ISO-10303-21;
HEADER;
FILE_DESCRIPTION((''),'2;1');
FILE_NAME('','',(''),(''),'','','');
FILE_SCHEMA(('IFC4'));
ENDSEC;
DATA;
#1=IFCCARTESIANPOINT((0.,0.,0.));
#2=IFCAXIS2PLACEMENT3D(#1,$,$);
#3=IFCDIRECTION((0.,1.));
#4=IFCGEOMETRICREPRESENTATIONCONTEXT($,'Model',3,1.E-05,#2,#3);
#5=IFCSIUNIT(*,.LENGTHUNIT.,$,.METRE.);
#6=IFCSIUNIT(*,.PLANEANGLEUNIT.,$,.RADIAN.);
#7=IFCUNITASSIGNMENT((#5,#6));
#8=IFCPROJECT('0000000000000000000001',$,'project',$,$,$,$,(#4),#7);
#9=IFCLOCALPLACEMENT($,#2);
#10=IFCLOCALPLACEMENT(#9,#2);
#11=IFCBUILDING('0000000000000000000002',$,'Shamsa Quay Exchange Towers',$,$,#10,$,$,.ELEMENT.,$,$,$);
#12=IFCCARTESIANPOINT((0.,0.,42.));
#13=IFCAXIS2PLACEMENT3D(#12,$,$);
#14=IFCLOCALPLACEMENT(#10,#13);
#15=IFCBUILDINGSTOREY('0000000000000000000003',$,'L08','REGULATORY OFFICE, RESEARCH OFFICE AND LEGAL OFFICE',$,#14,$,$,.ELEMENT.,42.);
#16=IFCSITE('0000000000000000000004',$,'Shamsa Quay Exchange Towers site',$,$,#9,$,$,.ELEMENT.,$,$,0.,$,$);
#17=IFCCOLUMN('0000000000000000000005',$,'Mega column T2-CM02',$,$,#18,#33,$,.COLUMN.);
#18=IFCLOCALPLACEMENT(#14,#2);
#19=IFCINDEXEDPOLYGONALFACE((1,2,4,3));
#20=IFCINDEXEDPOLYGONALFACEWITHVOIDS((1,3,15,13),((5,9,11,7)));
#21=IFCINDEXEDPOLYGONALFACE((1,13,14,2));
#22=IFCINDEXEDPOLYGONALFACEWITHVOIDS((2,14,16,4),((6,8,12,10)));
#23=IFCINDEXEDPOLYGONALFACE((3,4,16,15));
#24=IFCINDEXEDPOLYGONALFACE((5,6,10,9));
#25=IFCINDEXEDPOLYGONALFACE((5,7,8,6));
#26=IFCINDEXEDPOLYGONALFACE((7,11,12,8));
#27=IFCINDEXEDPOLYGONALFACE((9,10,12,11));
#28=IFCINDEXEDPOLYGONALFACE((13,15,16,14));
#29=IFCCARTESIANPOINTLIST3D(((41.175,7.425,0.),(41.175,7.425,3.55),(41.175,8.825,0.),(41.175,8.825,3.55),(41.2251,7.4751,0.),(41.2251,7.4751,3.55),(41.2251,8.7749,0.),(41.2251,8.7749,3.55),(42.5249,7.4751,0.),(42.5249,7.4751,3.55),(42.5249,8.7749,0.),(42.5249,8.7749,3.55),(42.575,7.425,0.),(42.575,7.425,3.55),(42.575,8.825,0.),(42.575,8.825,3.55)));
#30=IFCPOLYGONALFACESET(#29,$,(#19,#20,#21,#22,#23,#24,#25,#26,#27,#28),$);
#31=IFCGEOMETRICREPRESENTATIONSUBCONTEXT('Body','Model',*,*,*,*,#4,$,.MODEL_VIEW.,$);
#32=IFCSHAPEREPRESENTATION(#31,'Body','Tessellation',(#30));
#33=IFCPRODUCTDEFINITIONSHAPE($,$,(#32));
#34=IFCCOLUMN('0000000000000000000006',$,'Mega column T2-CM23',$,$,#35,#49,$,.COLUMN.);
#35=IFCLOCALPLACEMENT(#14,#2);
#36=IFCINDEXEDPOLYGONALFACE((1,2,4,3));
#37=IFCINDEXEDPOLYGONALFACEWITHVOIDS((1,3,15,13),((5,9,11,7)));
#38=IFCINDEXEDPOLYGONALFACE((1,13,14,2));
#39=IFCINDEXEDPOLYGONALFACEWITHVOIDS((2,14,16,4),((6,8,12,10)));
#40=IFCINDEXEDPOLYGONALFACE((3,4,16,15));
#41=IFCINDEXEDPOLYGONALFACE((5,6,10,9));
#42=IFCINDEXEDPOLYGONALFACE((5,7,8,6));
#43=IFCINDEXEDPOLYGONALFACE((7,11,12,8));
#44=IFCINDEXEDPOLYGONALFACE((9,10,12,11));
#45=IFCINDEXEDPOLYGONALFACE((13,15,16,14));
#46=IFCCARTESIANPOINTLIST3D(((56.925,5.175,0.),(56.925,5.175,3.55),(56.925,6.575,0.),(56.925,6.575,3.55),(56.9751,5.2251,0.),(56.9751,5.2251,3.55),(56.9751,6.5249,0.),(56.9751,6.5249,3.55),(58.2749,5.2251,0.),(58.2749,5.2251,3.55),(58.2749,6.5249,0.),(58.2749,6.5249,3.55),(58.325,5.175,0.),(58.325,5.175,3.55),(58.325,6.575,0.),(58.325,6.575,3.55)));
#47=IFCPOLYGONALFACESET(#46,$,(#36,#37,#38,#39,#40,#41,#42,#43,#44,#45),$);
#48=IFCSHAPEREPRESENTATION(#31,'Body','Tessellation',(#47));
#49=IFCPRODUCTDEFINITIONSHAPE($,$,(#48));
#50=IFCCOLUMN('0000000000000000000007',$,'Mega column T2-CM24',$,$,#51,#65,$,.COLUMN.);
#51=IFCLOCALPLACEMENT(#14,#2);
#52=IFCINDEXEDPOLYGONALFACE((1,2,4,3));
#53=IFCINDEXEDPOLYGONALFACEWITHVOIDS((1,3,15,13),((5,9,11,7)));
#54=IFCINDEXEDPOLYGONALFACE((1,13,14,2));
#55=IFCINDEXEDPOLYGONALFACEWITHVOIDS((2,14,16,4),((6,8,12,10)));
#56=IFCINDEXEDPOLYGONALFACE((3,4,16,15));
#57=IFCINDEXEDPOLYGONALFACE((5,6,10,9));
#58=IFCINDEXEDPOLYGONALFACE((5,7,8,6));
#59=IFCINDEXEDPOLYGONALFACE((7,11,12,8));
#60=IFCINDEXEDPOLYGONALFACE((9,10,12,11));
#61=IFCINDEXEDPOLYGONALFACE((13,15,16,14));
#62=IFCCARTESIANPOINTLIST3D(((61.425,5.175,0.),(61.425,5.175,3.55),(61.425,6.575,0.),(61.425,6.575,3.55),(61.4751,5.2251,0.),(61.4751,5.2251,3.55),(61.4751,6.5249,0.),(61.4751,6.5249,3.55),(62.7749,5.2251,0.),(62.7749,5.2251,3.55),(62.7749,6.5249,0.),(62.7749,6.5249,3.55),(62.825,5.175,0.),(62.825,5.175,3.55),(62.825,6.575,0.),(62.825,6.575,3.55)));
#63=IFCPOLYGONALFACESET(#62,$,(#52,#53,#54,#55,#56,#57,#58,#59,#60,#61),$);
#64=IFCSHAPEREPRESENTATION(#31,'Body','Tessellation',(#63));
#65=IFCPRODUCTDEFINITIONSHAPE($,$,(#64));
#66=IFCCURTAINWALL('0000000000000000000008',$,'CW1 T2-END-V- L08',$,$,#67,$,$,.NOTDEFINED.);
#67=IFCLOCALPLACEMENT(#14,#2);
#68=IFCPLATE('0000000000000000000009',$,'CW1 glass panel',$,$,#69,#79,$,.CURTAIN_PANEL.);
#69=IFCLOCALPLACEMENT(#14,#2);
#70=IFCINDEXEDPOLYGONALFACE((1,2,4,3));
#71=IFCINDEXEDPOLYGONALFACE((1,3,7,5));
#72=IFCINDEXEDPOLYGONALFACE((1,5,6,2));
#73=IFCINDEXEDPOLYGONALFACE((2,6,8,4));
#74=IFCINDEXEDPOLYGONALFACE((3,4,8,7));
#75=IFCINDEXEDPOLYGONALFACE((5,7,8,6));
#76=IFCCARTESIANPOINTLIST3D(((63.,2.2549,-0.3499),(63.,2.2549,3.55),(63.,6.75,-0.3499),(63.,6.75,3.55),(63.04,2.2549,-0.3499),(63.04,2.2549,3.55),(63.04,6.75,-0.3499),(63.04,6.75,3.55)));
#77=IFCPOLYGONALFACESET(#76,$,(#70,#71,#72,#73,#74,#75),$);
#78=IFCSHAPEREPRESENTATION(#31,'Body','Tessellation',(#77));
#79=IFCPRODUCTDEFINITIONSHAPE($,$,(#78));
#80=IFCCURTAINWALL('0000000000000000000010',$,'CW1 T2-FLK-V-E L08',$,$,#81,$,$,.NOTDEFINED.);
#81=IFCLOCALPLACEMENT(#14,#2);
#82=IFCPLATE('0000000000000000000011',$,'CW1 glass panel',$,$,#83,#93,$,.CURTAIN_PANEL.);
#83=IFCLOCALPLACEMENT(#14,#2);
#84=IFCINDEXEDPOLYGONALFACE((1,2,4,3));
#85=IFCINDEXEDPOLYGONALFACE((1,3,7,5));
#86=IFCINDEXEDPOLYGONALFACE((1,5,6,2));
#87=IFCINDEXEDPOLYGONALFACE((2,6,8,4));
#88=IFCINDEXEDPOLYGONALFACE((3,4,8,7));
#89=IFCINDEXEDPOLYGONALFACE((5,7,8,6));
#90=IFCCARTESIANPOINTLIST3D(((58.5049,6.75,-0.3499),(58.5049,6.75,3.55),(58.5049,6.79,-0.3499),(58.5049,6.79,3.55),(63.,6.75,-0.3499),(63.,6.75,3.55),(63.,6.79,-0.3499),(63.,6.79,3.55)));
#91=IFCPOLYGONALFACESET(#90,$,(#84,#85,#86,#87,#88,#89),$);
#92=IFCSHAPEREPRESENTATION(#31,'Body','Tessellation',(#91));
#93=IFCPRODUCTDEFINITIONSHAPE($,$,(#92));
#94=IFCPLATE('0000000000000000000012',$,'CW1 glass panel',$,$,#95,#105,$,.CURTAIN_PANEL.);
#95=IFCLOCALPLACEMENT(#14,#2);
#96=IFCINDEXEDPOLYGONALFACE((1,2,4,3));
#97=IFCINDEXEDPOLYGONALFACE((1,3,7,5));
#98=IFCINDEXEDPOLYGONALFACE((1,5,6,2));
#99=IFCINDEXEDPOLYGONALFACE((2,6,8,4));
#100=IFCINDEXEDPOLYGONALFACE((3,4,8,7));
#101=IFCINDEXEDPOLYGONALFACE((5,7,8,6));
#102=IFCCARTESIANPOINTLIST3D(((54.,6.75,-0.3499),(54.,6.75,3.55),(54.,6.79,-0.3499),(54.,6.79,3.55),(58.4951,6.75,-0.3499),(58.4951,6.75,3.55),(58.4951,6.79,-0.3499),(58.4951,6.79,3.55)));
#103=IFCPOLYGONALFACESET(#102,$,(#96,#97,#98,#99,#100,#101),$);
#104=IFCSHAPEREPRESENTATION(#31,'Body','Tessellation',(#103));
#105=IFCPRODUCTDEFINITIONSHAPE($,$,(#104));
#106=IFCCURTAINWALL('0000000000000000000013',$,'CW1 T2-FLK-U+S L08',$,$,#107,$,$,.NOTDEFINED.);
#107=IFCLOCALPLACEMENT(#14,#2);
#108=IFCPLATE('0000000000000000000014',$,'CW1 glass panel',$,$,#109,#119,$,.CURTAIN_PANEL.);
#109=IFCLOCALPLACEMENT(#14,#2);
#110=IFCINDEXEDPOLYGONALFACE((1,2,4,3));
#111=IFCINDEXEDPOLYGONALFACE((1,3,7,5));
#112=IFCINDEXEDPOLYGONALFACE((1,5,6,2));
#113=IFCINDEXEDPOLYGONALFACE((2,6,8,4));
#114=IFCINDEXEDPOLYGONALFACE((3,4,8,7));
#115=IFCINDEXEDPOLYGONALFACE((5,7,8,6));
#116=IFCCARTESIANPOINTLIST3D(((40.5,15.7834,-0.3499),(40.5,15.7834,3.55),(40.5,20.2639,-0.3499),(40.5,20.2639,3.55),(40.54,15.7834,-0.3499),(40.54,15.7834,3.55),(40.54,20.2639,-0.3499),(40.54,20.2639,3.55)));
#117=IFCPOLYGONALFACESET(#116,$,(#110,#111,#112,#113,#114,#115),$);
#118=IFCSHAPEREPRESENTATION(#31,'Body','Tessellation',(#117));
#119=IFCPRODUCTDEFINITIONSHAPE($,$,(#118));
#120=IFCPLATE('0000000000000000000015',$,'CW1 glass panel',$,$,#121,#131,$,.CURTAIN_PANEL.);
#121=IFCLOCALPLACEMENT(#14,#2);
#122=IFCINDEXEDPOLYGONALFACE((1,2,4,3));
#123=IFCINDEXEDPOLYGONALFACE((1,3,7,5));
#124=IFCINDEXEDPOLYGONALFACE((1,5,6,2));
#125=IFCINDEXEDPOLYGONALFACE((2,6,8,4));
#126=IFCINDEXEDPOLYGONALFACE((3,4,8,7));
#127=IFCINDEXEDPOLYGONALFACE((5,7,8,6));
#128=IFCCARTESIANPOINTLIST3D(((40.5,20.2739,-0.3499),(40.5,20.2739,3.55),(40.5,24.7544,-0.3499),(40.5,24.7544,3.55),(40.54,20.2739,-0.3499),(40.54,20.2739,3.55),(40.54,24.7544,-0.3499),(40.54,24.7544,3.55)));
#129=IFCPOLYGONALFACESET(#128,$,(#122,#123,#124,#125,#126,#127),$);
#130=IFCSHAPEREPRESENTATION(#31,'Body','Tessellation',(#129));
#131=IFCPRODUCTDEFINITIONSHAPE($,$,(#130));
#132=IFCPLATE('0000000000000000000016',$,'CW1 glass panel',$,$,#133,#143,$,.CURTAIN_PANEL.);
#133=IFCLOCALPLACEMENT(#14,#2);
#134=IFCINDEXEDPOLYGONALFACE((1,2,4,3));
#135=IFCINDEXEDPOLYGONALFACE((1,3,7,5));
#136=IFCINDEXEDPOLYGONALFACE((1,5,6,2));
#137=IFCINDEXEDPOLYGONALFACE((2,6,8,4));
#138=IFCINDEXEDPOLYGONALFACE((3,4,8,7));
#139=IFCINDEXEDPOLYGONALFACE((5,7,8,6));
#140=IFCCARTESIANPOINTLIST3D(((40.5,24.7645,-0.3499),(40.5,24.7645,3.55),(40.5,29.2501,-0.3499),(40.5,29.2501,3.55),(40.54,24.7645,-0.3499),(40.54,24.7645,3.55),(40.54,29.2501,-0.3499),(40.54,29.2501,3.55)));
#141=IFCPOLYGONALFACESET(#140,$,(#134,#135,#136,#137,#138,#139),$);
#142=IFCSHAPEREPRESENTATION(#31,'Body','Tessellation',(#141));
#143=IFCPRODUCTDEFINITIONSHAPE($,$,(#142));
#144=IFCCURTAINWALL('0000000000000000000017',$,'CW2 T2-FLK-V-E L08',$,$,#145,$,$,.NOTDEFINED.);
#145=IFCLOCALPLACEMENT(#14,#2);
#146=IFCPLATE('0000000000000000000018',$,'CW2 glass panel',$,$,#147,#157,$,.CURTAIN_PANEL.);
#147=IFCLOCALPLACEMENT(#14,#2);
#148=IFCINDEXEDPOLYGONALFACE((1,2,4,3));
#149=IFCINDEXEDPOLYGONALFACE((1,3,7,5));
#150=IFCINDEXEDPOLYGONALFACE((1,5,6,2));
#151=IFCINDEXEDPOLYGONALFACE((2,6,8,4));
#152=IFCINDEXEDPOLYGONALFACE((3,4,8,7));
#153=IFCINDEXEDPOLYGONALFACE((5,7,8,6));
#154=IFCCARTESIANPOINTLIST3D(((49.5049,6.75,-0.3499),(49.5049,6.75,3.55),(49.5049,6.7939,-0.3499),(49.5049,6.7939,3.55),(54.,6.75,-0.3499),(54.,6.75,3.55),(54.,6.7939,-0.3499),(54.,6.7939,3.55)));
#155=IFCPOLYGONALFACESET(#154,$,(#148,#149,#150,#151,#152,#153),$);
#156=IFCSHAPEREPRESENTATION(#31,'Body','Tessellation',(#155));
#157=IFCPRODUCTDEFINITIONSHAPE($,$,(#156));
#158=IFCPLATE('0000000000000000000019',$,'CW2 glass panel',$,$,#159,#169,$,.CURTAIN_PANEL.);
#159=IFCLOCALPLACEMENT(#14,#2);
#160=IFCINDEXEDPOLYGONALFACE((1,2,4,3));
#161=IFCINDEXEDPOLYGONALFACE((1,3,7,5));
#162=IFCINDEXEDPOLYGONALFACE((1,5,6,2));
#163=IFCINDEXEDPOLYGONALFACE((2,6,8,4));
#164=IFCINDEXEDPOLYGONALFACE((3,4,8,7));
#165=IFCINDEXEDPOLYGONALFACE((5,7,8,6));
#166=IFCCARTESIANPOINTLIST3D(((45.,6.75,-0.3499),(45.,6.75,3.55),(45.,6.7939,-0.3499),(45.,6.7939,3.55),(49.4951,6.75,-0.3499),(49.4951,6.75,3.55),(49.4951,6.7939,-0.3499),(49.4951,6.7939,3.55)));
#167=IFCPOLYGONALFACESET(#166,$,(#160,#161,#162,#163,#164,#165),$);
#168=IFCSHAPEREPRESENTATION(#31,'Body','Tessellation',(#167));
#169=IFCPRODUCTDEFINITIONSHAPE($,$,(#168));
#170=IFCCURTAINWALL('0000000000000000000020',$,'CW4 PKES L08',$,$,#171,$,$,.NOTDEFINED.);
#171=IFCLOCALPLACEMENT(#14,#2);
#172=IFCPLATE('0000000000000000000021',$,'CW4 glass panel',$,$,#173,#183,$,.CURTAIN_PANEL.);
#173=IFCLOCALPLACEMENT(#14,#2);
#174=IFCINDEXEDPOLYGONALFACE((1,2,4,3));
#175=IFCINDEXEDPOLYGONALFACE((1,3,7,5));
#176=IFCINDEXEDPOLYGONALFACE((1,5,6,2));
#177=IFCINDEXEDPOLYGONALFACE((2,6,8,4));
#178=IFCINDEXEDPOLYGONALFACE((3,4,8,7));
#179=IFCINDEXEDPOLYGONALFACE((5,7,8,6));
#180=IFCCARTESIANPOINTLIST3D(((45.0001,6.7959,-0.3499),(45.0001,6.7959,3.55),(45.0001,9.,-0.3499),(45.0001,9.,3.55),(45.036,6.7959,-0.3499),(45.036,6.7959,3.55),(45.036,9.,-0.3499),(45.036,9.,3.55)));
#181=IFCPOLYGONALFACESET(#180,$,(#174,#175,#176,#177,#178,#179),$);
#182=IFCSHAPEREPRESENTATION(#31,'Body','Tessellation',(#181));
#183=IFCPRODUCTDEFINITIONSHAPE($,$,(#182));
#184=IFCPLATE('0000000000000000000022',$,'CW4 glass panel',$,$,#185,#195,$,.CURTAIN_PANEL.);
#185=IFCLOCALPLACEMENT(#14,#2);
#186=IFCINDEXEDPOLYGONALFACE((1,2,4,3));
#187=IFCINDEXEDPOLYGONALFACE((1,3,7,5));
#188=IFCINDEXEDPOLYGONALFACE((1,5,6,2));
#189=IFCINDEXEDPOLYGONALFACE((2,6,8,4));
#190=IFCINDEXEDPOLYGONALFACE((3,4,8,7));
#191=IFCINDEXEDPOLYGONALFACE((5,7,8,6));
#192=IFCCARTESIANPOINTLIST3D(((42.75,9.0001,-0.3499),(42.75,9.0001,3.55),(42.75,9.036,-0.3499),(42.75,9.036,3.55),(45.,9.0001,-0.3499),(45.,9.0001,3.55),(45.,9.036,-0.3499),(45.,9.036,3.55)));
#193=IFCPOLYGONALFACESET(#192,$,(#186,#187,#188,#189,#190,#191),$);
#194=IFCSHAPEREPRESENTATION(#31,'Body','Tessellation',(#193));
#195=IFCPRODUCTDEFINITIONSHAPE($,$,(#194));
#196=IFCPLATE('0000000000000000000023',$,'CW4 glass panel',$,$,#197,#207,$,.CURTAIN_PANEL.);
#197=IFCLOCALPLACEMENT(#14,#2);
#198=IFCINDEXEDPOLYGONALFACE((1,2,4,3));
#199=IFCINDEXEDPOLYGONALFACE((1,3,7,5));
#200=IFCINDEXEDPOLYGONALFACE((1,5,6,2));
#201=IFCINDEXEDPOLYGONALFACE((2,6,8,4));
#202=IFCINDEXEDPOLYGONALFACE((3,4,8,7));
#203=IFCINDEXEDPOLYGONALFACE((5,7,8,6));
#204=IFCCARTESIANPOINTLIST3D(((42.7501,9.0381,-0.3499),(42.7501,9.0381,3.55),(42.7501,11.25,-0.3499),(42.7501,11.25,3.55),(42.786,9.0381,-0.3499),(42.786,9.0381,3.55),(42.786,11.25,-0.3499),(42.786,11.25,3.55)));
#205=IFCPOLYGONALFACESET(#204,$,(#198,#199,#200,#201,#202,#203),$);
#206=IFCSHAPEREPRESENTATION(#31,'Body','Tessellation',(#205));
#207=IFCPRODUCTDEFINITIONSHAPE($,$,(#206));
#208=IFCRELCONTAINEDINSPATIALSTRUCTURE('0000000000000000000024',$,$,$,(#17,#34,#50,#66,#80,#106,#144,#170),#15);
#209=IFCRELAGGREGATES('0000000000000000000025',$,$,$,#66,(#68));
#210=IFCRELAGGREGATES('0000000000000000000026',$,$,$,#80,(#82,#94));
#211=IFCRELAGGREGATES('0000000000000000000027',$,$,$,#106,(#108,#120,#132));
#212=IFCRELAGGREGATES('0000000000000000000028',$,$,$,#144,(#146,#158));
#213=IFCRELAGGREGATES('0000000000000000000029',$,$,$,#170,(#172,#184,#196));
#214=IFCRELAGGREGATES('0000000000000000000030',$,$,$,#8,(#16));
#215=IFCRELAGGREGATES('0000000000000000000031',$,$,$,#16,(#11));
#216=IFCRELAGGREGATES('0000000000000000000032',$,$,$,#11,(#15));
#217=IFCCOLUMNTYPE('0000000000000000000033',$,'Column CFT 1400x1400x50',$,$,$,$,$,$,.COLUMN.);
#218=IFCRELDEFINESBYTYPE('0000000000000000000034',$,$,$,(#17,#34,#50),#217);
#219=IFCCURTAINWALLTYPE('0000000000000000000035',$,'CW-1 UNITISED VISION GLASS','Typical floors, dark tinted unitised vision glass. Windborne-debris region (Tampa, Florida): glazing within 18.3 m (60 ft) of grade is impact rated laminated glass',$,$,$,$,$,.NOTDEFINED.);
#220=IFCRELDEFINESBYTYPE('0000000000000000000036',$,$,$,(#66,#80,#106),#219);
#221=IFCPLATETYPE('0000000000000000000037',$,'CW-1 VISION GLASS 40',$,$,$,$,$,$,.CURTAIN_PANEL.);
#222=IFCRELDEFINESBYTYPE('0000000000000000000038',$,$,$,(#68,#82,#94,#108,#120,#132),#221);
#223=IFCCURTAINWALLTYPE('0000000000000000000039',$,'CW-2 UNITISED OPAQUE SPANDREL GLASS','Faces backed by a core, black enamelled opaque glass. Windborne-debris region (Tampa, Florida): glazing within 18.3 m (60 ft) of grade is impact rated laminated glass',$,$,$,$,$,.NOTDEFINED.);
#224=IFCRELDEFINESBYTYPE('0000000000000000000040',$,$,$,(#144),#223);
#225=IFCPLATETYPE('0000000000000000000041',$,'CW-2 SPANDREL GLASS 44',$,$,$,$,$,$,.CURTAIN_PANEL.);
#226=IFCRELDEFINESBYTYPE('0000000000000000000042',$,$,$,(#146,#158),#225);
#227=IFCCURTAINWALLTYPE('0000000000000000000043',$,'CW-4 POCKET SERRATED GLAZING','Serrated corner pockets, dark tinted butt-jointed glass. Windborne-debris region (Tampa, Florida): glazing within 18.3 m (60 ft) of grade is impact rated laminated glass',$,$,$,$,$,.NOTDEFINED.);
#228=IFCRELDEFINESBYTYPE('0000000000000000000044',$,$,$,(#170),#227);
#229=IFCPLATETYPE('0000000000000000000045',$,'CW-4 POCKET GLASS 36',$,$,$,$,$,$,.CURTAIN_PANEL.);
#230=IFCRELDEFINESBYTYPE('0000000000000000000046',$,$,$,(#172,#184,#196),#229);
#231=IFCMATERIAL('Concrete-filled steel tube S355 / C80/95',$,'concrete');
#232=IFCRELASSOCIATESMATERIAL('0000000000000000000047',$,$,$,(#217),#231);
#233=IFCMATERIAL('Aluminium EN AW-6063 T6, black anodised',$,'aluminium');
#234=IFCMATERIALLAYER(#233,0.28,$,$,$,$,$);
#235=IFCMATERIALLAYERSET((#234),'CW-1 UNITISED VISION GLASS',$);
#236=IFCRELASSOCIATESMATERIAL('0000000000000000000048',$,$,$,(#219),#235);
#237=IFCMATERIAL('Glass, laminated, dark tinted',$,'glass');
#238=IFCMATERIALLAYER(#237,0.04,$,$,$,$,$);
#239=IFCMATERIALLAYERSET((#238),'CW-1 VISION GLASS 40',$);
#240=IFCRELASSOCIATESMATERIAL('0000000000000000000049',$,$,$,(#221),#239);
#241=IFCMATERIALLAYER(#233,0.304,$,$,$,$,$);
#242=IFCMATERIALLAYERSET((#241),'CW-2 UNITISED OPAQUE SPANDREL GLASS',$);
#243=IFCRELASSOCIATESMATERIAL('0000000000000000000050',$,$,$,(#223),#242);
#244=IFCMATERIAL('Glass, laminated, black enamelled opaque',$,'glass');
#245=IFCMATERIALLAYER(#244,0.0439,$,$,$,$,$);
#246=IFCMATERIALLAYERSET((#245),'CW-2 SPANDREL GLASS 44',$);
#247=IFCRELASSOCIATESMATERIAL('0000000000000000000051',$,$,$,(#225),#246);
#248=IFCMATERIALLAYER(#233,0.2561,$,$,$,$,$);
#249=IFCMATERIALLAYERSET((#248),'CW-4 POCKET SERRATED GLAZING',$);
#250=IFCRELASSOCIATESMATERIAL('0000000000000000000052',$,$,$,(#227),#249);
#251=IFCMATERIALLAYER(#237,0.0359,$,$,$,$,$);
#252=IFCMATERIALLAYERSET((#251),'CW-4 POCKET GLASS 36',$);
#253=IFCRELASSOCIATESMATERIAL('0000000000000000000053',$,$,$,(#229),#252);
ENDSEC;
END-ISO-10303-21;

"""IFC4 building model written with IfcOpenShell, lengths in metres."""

from ifc_helpers import new_model, si_unit, direction, frame, origin, origin_2d, place, context, subcontext, project, spatial, rectangle, hollow_rectangle, extrude, material, layer, layer_set, material_profile, profile_set, type_object, element, aggregate, save


model = new_model("IFC4")

# Units and contexts
model_context = context("Model", 3, precision=1e-05, world=origin(), true_north=direction((0.0, 1.0)))
body_context = subcontext(model_context, "Body", "Model", "MODEL_VIEW")
ifc_project = project(units=[si_unit("LENGTHUNIT", "METRE"), si_unit("PLANEANGLEUNIT", "RADIAN")], contexts=[model_context])

# Site, building, storey
site_placement = place(None, origin())
site = spatial("IfcSite", under=ifc_project, at=site_placement, Name="Shamsa Quay Exchange Towers site", CompositionType="ELEMENT", RefElevation=0.0)
building_placement = place(site_placement, origin())
building = spatial("IfcBuilding", under=site, at=building_placement, Name="Shamsa Quay Exchange Towers", CompositionType="ELEMENT")
storey_placement = place(building_placement, frame((0.0, 0.0, 42.0)))
storey = spatial("IfcBuildingStorey", under=building, at=storey_placement, Name="L08", Description="REGULATORY OFFICE, RESEARCH OFFICE AND LEGAL OFFICE", CompositionType="ELEMENT", Elevation=42.0)

# Columns
ifc_material_1 = material(Name="Concrete-filled steel tube S355 / C80/95", Category="concrete")
ifc_material_profile = material_profile(ifc_material_1, hollow_rectangle(XDim=1.3999, YDim=1.3999, WallThickness=0.05, at=origin_2d()), Name="CFT 1400x1400x50")
ifc_profile_set = profile_set([ifc_material_profile], Name="Concrete-filled steel tube S355 / C80/95")
column_type = type_object("IfcColumnType", Name="Column CFT 1400x1400x50", PredefinedType="COLUMN", material=ifc_profile_set)
for number, where, name in (
    (1, (41.875, 8.125, 0.0), "Mega column T2-CM02"),
    (2, (57.625, 5.875, 0.0), "Mega column T2-CM23"),
    (3, (62.125, 5.875, 0.0), "Mega column T2-CM24"),
):
    element("IfcColumn", number, at=place(storey_placement, frame(where)), inside=storey, type_object=column_type, Name=name, PredefinedType="COLUMN", context=body_context, shape_type="SweptSolid", body=[
        extrude(hollow_rectangle(XDim=1.3999, YDim=1.3999, WallThickness=0.05, at=origin_2d()), origin(), (0.0, 0.0, 1.0), 3.55),
    ])

# Curtain wall, plate
ifc_material_2 = material(Name="Aluminium EN AW-6063 T6, black anodised", Category="aluminium")
ifc_layer_1 = layer(ifc_material_2, 0.28)
ifc_layer_set_1 = layer_set([ifc_layer_1], Name="CW-1 UNITISED VISION GLASS")
curtain_wall_type_1 = type_object("IfcCurtainWallType", Name="CW-1 UNITISED VISION GLASS", Description="Typical floors, dark tinted unitised vision glass. Windborne-debris region (Tampa, Florida): glazing within 18.3 m (60 ft) of grade is impact rated laminated glass", PredefinedType="NOTDEFINED", material=ifc_layer_set_1)
curtain_wall_1_placement = place(storey_placement, origin())
curtain_wall_1 = element("IfcCurtainWall", 4, at=curtain_wall_1_placement, inside=storey, type_object=curtain_wall_type_1, Name="CW1 T2-END-V- L08", PredefinedType="NOTDEFINED")
ifc_material_3 = material(Name="Glass, laminated, dark tinted", Category="glass")
ifc_layer_2 = layer(ifc_material_3, 0.04)
ifc_layer_set_2 = layer_set([ifc_layer_2], Name="CW-1 VISION GLASS 40")
plate_type_1 = type_object("IfcPlateType", Name="CW-1 VISION GLASS 40", PredefinedType="CURTAIN_PANEL", material=ifc_layer_set_2)
plate_1_placement = place(storey_placement, frame((63.02, 4.5024, -0.3499), z_axis=(0.0, 0.0, 1.0), x_axis=(0.0, 1.0, 0.0)))
plate_1 = element("IfcPlate", 5, at=plate_1_placement, type_object=plate_type_1, Name="CW1 glass panel", PredefinedType="CURTAIN_PANEL", context=body_context, shape_type="SweptSolid", body=[
    extrude(rectangle(XDim=4.4951, YDim=0.04, at=origin_2d()), origin(), (0.0, 0.0, 1.0), 3.8999),
])
aggregate(curtain_wall_1, [plate_1])

# Curtain walls, plates
curtain_wall_2_placement = place(storey_placement, origin())
curtain_wall_2 = element("IfcCurtainWall", 6, at=curtain_wall_2_placement, inside=storey, type_object=curtain_wall_type_1, Name="CW1 T2-FLK-V-E L08", PredefinedType="NOTDEFINED")
plate_2_placement = place(storey_placement, frame((60.7524, 6.77, -0.3499), z_axis=(0.0, 0.0, 1.0), x_axis=(-1.0, 0.0, 0.0)))
plate_2 = element("IfcPlate", 7, at=plate_2_placement, type_object=plate_type_1, Name="CW1 glass panel", PredefinedType="CURTAIN_PANEL", context=body_context, shape_type="SweptSolid", body=[
    extrude(rectangle(XDim=4.4951, YDim=0.04, at=origin_2d()), origin(), (0.0, 0.0, 1.0), 3.8999),
])
plate_3_placement = place(storey_placement, frame((56.2476, 6.77, -0.3499), z_axis=(0.0, 0.0, 1.0), x_axis=(-1.0, 0.0, 0.0)))
plate_3 = element("IfcPlate", 8, at=plate_3_placement, type_object=plate_type_1, Name="CW1 glass panel", PredefinedType="CURTAIN_PANEL", context=body_context, shape_type="SweptSolid", body=[
    extrude(rectangle(XDim=4.4951, YDim=0.04, at=origin_2d()), origin(), (0.0, 0.0, 1.0), 3.8999),
])
aggregate(curtain_wall_2, [plate_2, plate_3])
curtain_wall_3_placement = place(storey_placement, origin())
curtain_wall_3 = element("IfcCurtainWall", 9, at=curtain_wall_3_placement, inside=storey, type_object=curtain_wall_type_1, Name="CW1 T2-FLK-U+S L08", PredefinedType="NOTDEFINED")
plate_4_placement = place(storey_placement, frame((40.52, 18.0237, -0.3499), z_axis=(0.0, 0.0, 1.0), x_axis=(0.0, 1.0, 0.0)))
plate_4 = element("IfcPlate", 10, at=plate_4_placement, type_object=plate_type_1, Name="CW1 glass panel", PredefinedType="CURTAIN_PANEL", context=body_context, shape_type="SweptSolid", body=[
    extrude(rectangle(XDim=4.4805, YDim=0.04, at=origin_2d()), origin(), (0.0, 0.0, 1.0), 3.8999),
])
plate_5_placement = place(storey_placement, frame((40.52, 22.5142, -0.3499), z_axis=(0.0, 0.0, 1.0), x_axis=(0.0, 1.0, 0.0)))
plate_5 = element("IfcPlate", 11, at=plate_5_placement, type_object=plate_type_1, Name="CW1 glass panel", PredefinedType="CURTAIN_PANEL", context=body_context, shape_type="SweptSolid", body=[
    extrude(rectangle(XDim=4.4805, YDim=0.04, at=origin_2d()), origin(), (0.0, 0.0, 1.0), 3.8999),
])
plate_6_placement = place(storey_placement, frame((40.52, 27.0073, -0.3499), z_axis=(0.0, 0.0, 1.0), x_axis=(0.0, 1.0, 0.0)))
plate_6 = element("IfcPlate", 12, at=plate_6_placement, type_object=plate_type_1, Name="CW1 glass panel", PredefinedType="CURTAIN_PANEL", context=body_context, shape_type="SweptSolid", body=[
    extrude(rectangle(XDim=4.4856, YDim=0.04, at=origin_2d()), origin(), (0.0, 0.0, 1.0), 3.8999),
])
aggregate(curtain_wall_3, [plate_4, plate_5, plate_6])
ifc_layer_3 = layer(ifc_material_2, 0.304)
ifc_layer_set_3 = layer_set([ifc_layer_3], Name="CW-2 UNITISED OPAQUE SPANDREL GLASS")
curtain_wall_type_2 = type_object("IfcCurtainWallType", Name="CW-2 UNITISED OPAQUE SPANDREL GLASS", Description="Faces backed by a core, black enamelled opaque glass. Windborne-debris region (Tampa, Florida): glazing within 18.3 m (60 ft) of grade is impact rated laminated glass", PredefinedType="NOTDEFINED", material=ifc_layer_set_3)
curtain_wall_4_placement = place(storey_placement, origin())
curtain_wall_4 = element("IfcCurtainWall", 13, at=curtain_wall_4_placement, inside=storey, type_object=curtain_wall_type_2, Name="CW2 T2-FLK-V-E L08", PredefinedType="NOTDEFINED")
ifc_material_4 = material(Name="Glass, laminated, black enamelled opaque", Category="glass")
ifc_layer_4 = layer(ifc_material_4, 0.0439)
ifc_layer_set_4 = layer_set([ifc_layer_4], Name="CW-2 SPANDREL GLASS 44")
plate_type_2 = type_object("IfcPlateType", Name="CW-2 SPANDREL GLASS 44", PredefinedType="CURTAIN_PANEL", material=ifc_layer_set_4)
plate_7_placement = place(storey_placement, frame((51.7524, 6.772, -0.3499), z_axis=(0.0, 0.0, 1.0), x_axis=(-1.0, 0.0, 0.0)))
plate_7 = element("IfcPlate", 14, at=plate_7_placement, type_object=plate_type_2, Name="CW2 glass panel", PredefinedType="CURTAIN_PANEL", context=body_context, shape_type="SweptSolid", body=[
    extrude(rectangle(XDim=4.4951, YDim=0.0439, at=origin_2d()), origin(), (0.0, 0.0, 1.0), 3.8999),
])
plate_8_placement = place(storey_placement, frame((47.2476, 6.772, -0.3499), z_axis=(0.0, 0.0, 1.0), x_axis=(-1.0, 0.0, 0.0)))
plate_8 = element("IfcPlate", 15, at=plate_8_placement, type_object=plate_type_2, Name="CW2 glass panel", PredefinedType="CURTAIN_PANEL", context=body_context, shape_type="SweptSolid", body=[
    extrude(rectangle(XDim=4.4951, YDim=0.0439, at=origin_2d()), origin(), (0.0, 0.0, 1.0), 3.8999),
])
aggregate(curtain_wall_4, [plate_7, plate_8])
ifc_layer_5 = layer(ifc_material_2, 0.2561)
ifc_layer_set_5 = layer_set([ifc_layer_5], Name="CW-4 POCKET SERRATED GLAZING")
curtain_wall_type_3 = type_object("IfcCurtainWallType", Name="CW-4 POCKET SERRATED GLAZING", Description="Serrated corner pockets, dark tinted butt-jointed glass. Windborne-debris region (Tampa, Florida): glazing within 18.3 m (60 ft) of grade is impact rated laminated glass", PredefinedType="NOTDEFINED", material=ifc_layer_set_5)
curtain_wall_5_placement = place(storey_placement, origin())
curtain_wall_5 = element("IfcCurtainWall", 16, at=curtain_wall_5_placement, inside=storey, type_object=curtain_wall_type_3, Name="CW4 PKES L08", PredefinedType="NOTDEFINED")
ifc_layer_6 = layer(ifc_material_3, 0.0359)
ifc_layer_set_6 = layer_set([ifc_layer_6], Name="CW-4 POCKET GLASS 36")
plate_type_3 = type_object("IfcPlateType", Name="CW-4 POCKET GLASS 36", PredefinedType="CURTAIN_PANEL", material=ifc_layer_set_6)
plate_9_placement = place(storey_placement, frame((45.0181, 7.8979, -0.3499), z_axis=(0.0, 0.0, 1.0), x_axis=(0.0, 1.0, 0.0)))
plate_9 = element("IfcPlate", 17, at=plate_9_placement, type_object=plate_type_3, Name="CW4 glass panel", PredefinedType="CURTAIN_PANEL", context=body_context, shape_type="SweptSolid", body=[
    extrude(rectangle(XDim=2.2041, YDim=0.0359, at=origin_2d()), origin(), (0.0, 0.0, 1.0), 3.8999),
])
plate_10_placement = place(storey_placement, frame((43.875, 9.0181, -0.3499), z_axis=(0.0, 0.0, 1.0), x_axis=(-1.0, 0.0, 0.0)))
plate_10 = element("IfcPlate", 18, at=plate_10_placement, type_object=plate_type_3, Name="CW4 glass panel", PredefinedType="CURTAIN_PANEL", context=body_context, shape_type="SweptSolid", body=[
    extrude(rectangle(XDim=2.25, YDim=0.0359, at=origin_2d()), origin(), (0.0, 0.0, 1.0), 3.8999),
])
plate_11_placement = place(storey_placement, frame((42.7681, 10.144, -0.3499), z_axis=(0.0, 0.0, 1.0), x_axis=(0.0, 1.0, 0.0)))
plate_11 = element("IfcPlate", 19, at=plate_11_placement, type_object=plate_type_3, Name="CW4 glass panel", PredefinedType="CURTAIN_PANEL", context=body_context, shape_type="SweptSolid", body=[
    extrude(rectangle(XDim=2.2119, YDim=0.0359, at=origin_2d()), origin(), (0.0, 0.0, 1.0), 3.8999),
])
aggregate(curtain_wall_5, [plate_9, plate_10, plate_11])

save(model, "model.ifc")
